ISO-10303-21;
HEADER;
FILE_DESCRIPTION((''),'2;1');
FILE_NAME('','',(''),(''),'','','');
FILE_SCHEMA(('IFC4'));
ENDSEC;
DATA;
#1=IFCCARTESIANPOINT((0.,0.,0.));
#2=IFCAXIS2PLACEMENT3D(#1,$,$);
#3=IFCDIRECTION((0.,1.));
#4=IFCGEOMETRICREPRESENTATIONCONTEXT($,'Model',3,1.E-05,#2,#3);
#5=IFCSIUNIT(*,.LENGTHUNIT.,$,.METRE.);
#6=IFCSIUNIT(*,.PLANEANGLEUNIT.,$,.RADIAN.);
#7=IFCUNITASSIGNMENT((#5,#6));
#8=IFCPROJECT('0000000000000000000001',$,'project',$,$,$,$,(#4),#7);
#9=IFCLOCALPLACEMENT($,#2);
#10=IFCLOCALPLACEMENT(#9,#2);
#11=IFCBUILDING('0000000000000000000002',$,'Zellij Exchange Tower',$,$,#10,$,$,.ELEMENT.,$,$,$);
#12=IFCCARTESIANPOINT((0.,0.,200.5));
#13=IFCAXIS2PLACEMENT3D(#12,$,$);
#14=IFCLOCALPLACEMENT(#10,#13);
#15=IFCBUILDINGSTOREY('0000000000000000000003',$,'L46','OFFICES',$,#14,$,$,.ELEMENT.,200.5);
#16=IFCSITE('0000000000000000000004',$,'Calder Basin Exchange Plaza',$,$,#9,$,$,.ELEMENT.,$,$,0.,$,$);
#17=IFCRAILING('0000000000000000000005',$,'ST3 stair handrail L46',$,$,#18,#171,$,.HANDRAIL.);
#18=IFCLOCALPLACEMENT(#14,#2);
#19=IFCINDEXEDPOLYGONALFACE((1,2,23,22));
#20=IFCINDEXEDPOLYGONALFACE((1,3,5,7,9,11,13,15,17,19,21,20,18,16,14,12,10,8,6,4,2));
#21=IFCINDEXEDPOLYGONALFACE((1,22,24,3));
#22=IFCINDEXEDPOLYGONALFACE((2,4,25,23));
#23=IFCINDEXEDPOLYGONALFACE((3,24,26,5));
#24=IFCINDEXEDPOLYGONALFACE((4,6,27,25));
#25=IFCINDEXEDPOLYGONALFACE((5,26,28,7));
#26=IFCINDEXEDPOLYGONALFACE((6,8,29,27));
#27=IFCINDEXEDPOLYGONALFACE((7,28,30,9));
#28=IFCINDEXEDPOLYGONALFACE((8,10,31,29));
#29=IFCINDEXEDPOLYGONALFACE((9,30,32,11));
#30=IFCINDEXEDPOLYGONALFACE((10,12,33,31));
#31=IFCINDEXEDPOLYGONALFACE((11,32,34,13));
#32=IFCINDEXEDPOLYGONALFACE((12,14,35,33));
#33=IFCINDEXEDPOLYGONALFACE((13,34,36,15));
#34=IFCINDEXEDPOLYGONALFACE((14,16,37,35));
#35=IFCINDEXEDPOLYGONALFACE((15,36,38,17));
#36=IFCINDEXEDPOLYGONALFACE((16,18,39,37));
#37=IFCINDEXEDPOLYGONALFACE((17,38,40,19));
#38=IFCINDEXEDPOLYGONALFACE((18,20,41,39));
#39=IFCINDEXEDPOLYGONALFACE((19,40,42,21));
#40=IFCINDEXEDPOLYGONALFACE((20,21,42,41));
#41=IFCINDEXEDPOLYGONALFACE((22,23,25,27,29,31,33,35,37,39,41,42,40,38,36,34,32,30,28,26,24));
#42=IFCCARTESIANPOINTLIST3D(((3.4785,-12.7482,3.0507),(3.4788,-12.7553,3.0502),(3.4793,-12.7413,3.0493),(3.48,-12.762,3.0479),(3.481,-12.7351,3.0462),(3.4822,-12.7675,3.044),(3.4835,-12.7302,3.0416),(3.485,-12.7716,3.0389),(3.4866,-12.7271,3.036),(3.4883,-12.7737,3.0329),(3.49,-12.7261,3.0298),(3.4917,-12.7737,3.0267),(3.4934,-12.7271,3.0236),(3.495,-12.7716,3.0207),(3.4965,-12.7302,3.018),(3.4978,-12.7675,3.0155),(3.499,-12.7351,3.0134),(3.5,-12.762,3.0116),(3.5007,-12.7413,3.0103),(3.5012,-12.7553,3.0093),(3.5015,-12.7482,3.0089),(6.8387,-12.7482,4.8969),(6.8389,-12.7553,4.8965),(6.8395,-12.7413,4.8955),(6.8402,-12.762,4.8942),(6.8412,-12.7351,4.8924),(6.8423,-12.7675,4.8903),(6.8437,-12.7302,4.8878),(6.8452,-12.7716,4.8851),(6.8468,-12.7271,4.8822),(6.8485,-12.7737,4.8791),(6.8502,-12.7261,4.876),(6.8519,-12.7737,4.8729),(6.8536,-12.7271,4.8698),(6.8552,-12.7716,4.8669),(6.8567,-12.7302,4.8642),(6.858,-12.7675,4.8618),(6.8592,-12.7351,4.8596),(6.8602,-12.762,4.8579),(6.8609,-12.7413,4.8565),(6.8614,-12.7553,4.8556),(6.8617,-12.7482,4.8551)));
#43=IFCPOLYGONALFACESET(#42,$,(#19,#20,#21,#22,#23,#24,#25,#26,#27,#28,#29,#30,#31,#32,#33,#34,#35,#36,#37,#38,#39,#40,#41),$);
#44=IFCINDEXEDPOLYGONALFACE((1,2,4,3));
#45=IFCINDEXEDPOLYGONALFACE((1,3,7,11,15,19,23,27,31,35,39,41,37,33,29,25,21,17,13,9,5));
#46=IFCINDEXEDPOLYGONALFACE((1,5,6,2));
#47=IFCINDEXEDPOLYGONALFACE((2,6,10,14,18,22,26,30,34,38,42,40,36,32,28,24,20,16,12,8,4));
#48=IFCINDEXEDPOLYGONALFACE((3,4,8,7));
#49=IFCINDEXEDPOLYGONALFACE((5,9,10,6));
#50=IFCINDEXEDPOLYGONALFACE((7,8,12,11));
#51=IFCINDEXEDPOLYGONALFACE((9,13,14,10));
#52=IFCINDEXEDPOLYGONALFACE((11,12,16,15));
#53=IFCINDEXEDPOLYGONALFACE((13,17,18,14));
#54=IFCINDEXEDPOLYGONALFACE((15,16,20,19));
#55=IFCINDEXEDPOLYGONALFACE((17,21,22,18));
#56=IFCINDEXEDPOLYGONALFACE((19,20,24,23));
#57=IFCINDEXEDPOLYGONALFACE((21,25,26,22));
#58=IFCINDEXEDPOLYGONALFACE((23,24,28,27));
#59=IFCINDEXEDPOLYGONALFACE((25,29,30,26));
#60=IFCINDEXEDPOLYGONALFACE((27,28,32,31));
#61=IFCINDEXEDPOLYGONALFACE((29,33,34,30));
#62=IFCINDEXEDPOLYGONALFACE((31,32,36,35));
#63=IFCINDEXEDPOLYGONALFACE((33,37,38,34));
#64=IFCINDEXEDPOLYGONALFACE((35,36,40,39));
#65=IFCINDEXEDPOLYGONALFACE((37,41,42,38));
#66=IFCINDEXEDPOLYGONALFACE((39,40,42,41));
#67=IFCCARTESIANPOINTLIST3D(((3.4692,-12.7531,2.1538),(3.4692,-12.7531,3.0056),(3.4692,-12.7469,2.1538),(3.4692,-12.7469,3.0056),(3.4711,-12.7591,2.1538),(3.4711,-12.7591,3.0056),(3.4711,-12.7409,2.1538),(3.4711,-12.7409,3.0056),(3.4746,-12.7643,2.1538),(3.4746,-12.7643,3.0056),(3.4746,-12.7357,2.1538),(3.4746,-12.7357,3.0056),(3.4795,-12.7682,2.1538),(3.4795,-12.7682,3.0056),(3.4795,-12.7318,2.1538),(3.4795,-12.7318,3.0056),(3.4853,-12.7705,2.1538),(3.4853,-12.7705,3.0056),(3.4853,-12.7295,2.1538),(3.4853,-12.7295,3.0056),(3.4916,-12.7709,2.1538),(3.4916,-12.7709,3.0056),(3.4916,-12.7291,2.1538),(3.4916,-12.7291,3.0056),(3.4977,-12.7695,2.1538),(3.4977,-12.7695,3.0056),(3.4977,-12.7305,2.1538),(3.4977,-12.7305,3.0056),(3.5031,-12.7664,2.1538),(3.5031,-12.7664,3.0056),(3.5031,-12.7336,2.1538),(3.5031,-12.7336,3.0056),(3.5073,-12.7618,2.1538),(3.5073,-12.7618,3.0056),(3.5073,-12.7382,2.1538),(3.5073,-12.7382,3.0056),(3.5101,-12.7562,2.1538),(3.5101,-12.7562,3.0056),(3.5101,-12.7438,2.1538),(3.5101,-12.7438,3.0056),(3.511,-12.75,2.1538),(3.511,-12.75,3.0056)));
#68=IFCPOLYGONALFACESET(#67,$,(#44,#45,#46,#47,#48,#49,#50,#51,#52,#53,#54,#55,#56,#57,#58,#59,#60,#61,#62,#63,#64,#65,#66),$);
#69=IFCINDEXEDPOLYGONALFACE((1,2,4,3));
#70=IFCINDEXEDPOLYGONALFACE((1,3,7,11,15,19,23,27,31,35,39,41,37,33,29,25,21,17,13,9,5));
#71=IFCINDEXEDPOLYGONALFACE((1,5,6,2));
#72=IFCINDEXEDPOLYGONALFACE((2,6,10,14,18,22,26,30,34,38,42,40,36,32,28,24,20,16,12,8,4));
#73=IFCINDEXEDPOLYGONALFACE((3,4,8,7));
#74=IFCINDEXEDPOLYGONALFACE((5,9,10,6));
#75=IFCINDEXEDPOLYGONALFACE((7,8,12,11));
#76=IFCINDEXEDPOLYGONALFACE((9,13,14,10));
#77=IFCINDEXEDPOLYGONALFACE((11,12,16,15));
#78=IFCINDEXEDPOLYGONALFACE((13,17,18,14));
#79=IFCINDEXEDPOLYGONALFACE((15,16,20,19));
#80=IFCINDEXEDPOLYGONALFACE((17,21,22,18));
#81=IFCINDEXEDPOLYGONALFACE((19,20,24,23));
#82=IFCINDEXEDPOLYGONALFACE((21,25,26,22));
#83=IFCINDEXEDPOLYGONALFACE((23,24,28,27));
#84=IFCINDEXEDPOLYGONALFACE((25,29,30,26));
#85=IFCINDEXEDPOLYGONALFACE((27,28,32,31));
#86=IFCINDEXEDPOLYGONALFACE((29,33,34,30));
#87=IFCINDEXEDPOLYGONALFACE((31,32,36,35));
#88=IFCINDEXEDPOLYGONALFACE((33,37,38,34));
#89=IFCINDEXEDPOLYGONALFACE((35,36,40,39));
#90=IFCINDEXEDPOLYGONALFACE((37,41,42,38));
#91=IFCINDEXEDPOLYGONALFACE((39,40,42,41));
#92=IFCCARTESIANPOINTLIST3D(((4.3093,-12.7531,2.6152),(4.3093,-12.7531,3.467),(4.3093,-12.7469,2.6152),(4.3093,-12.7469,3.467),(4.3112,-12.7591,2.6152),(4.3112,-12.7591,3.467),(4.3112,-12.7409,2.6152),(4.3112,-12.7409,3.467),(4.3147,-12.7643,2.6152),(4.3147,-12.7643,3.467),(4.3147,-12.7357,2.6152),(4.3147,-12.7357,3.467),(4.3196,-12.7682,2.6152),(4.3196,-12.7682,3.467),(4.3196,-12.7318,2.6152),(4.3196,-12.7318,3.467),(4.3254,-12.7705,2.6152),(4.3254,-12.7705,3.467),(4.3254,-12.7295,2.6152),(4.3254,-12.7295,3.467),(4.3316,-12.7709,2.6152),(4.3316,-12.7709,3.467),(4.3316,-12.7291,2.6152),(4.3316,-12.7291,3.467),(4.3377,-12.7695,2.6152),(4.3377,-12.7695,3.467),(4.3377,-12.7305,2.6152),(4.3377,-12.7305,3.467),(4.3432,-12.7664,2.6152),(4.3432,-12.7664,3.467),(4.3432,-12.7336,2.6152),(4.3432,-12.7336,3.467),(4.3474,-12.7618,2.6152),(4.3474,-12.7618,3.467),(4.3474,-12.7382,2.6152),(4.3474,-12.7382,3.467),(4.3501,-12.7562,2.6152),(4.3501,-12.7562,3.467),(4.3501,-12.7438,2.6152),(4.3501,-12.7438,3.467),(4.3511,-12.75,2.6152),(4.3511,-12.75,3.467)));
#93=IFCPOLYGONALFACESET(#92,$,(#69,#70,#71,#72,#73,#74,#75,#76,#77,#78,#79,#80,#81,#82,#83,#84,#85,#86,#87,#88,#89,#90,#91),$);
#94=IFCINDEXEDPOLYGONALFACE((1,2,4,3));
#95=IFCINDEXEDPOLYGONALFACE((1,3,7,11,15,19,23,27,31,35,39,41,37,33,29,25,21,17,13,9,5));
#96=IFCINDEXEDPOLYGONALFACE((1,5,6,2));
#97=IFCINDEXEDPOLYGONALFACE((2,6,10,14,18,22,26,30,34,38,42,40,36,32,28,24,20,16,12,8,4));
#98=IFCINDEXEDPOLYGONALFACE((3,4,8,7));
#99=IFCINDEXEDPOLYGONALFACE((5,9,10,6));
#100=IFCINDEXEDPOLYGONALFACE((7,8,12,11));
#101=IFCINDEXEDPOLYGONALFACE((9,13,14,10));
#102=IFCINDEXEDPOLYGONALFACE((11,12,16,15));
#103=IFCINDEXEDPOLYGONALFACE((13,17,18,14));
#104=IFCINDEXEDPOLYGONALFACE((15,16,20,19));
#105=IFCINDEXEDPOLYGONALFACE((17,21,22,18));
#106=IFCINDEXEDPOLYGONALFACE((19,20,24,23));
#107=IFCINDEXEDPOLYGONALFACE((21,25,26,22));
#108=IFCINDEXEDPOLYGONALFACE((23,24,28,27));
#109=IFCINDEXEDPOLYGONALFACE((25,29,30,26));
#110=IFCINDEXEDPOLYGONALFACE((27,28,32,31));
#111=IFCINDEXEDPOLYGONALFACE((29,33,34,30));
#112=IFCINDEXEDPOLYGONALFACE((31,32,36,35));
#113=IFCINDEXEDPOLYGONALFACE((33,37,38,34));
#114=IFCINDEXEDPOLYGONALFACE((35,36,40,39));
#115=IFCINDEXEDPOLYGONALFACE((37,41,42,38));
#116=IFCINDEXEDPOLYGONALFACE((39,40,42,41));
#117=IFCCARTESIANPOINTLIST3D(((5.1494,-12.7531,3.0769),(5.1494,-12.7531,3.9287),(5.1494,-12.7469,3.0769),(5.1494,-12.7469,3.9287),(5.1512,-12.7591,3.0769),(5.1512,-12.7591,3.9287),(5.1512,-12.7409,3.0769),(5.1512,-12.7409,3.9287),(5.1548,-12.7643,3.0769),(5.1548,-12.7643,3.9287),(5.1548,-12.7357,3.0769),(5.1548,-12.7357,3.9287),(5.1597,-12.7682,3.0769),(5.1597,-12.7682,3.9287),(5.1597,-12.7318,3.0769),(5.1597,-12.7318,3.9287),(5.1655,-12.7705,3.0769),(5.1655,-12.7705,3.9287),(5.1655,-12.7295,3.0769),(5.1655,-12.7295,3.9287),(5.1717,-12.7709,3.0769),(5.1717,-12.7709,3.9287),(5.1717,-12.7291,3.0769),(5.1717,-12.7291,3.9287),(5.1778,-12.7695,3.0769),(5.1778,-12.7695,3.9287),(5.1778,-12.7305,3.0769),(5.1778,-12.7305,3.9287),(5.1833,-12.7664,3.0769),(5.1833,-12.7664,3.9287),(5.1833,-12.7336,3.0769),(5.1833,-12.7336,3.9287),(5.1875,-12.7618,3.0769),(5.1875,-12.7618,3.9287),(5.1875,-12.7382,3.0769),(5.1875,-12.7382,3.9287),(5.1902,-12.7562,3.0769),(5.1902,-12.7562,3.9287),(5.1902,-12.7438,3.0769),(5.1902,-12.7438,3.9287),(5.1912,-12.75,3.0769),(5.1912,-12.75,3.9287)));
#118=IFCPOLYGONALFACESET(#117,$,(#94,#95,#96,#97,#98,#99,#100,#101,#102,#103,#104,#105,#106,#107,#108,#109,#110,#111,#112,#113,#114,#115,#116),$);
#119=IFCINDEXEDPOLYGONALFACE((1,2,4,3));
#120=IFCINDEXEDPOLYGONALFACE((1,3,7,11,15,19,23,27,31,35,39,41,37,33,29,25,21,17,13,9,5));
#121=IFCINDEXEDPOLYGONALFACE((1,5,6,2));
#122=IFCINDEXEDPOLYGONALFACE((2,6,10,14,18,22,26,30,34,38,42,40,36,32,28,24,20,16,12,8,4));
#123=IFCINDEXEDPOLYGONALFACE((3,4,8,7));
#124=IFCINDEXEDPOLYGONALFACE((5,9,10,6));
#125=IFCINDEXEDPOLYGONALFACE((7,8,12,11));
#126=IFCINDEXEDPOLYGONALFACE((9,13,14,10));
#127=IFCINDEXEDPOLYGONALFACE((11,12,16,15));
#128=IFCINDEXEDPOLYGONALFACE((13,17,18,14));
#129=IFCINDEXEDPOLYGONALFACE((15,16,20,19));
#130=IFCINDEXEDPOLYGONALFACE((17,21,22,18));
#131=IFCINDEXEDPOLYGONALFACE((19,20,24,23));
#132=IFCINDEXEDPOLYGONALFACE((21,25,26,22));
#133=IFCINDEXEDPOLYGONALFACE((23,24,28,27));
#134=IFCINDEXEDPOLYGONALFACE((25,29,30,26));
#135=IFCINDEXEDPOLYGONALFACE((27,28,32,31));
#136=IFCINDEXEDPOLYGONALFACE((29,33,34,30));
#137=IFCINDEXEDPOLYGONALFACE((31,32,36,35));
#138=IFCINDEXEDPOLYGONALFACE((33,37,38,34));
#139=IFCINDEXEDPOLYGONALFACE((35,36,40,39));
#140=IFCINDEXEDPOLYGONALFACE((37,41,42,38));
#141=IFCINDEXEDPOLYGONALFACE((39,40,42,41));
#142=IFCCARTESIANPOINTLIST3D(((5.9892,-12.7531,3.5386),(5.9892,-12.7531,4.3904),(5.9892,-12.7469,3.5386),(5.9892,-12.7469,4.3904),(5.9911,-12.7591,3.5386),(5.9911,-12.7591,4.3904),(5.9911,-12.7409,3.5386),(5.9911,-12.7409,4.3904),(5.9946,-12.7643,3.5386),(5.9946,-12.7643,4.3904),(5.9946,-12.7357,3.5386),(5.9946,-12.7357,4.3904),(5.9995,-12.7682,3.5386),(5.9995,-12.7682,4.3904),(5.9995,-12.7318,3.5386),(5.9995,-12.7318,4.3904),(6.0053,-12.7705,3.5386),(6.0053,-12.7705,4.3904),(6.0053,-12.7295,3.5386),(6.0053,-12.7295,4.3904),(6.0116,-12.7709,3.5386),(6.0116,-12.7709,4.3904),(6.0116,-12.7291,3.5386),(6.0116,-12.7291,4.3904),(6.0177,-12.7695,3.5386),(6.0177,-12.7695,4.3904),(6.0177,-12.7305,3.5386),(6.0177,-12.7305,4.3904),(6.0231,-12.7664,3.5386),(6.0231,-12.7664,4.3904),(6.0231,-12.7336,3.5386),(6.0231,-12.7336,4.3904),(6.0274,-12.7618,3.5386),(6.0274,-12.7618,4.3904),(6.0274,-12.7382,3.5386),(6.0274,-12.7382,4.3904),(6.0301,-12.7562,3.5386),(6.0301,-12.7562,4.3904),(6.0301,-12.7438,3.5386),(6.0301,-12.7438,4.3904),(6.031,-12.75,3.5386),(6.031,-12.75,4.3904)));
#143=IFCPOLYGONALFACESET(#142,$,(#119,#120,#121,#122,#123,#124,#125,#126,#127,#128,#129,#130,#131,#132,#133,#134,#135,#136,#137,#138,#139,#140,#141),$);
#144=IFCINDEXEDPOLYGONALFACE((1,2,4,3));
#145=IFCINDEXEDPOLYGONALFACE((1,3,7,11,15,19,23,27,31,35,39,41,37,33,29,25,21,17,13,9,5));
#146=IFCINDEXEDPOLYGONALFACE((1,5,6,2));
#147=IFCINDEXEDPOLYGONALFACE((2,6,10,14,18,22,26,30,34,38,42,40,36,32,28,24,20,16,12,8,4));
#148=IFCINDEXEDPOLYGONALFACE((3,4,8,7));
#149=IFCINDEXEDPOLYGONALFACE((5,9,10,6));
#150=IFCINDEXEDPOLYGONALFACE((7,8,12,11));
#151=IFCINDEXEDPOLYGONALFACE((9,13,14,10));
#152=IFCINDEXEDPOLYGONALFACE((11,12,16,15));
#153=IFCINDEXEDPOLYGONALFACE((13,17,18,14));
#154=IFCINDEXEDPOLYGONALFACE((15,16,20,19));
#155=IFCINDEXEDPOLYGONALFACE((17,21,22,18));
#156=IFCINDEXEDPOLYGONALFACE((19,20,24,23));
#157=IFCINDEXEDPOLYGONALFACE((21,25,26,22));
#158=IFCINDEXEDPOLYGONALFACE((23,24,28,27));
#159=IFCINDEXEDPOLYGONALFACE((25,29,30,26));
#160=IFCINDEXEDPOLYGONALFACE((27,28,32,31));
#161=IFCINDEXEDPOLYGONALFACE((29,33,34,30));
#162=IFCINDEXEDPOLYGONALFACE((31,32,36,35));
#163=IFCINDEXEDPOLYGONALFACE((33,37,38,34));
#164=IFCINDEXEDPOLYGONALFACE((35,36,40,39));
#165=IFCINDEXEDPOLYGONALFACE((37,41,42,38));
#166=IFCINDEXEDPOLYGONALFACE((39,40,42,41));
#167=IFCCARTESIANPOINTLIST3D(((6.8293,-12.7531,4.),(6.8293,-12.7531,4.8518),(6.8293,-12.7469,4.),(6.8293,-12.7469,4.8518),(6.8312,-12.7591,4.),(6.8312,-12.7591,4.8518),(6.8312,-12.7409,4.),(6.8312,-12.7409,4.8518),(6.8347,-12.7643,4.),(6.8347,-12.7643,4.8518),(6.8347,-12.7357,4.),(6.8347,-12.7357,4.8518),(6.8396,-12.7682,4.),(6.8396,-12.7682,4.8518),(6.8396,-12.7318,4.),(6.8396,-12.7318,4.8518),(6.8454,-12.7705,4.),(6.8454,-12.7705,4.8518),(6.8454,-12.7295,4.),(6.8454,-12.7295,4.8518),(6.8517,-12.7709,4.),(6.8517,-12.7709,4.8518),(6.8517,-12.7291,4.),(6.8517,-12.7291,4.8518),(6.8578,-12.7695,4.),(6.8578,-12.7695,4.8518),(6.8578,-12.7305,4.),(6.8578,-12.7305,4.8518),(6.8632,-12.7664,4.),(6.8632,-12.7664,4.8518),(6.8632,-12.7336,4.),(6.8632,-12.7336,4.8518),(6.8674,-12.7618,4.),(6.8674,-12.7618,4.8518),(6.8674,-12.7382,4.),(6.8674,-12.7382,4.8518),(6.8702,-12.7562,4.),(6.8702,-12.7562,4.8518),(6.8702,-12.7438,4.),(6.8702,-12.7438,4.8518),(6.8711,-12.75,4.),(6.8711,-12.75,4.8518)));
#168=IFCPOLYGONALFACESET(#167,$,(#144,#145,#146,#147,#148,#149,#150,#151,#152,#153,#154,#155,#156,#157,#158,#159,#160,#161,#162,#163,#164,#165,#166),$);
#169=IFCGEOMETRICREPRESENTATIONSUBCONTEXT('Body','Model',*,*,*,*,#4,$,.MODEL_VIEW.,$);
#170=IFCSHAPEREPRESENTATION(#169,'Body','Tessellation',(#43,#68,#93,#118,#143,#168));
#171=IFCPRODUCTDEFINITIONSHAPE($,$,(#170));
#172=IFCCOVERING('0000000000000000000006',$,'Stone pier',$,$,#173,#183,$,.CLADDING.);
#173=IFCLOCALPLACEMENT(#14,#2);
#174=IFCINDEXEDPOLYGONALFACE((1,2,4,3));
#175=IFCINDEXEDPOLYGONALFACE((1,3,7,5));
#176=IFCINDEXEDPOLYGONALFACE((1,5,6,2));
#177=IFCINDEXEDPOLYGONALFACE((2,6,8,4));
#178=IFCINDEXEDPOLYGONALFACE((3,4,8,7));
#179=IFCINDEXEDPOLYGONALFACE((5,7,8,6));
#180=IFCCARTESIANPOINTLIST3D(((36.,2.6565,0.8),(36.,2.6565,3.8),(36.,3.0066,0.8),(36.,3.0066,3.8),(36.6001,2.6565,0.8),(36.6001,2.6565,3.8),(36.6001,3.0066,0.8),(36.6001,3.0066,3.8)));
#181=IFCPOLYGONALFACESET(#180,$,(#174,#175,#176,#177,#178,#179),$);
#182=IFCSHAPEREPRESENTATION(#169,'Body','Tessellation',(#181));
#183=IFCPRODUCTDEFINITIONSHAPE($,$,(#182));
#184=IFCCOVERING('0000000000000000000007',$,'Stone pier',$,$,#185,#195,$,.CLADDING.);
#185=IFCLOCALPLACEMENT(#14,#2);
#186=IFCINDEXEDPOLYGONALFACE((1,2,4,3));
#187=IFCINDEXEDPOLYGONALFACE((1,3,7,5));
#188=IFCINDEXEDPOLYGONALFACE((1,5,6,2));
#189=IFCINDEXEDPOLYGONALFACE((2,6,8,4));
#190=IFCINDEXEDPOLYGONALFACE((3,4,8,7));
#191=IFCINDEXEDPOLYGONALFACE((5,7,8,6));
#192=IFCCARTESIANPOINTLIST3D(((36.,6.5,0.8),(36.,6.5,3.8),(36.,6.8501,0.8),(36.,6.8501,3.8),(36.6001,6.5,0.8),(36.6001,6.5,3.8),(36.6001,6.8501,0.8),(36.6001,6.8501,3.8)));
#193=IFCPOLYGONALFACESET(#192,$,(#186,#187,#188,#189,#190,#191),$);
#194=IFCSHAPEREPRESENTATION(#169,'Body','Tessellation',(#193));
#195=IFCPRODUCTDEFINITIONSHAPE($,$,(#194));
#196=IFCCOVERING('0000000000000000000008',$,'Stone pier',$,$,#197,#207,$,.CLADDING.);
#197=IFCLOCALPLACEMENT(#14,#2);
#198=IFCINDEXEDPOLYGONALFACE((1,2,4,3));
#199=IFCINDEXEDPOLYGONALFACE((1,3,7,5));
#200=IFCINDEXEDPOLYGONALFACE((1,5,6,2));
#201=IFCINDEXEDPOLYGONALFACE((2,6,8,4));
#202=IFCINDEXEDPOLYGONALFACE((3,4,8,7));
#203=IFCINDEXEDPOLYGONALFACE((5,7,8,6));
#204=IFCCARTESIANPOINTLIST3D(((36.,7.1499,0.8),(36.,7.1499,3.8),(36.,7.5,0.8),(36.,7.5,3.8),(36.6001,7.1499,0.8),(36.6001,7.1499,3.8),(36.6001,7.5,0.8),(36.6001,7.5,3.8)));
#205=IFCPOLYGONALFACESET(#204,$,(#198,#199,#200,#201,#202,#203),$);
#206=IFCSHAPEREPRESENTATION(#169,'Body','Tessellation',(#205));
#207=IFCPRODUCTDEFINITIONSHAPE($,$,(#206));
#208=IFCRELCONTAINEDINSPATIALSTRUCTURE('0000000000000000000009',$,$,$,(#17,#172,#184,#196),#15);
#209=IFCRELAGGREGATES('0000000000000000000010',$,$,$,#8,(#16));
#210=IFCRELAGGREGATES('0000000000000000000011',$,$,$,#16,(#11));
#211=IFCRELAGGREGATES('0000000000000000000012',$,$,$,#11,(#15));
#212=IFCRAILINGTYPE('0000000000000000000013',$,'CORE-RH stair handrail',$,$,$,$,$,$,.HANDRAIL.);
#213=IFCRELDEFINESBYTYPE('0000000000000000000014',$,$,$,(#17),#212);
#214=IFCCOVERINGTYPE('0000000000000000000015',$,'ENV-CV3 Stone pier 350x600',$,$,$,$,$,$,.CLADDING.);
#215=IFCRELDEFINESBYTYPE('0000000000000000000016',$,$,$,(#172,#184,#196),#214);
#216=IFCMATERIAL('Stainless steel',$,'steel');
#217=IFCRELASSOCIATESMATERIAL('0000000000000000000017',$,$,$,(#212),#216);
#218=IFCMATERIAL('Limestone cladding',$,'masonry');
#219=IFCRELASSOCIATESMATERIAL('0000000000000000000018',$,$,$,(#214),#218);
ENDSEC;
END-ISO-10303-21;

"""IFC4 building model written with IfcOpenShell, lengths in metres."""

from ifc_helpers import new_model, si_unit, direction, frame, origin, origin_2d, place, context, subcontext, project, spatial, polyline, circle, outline, extrude, material, type_object, element, save


model = new_model("IFC4")

# Units and contexts
model_context = context("Model", 3, precision=1e-05, world=origin(), true_north=direction((0.0, 1.0)))
body_context = subcontext(model_context, "Body", "Model", "MODEL_VIEW")
ifc_project = project(units=[si_unit("LENGTHUNIT", "METRE"), si_unit("PLANEANGLEUNIT", "RADIAN")], contexts=[model_context])

# Site, building, storey
site_placement = place(None, origin())
site = spatial("IfcSite", under=ifc_project, at=site_placement, Name="Calder Basin Exchange Plaza", CompositionType="ELEMENT", RefElevation=0.0)
building_placement = place(site_placement, origin())
building = spatial("IfcBuilding", under=site, at=building_placement, Name="Zellij Exchange Tower", CompositionType="ELEMENT")
storey_placement = place(building_placement, frame((0.0, 0.0, 200.5)))
storey = spatial("IfcBuildingStorey", under=building, at=storey_placement, Name="L46", Description="OFFICES", CompositionType="ELEMENT", Elevation=200.5)

# Railing
ifc_material_1 = material(Name="Stainless steel", Category="steel")
railing_type_1 = type_object("IfcRailingType", Name="CORE-RH stair handrail", PredefinedType="HANDRAIL", material=ifc_material_1)
railing_1_placement = place(storey_placement, frame((3.49, -12.75, 2.1538)))
element("IfcRailing", 1, at=railing_1_placement, inside=storey, type_object=railing_type_1, Name="ST3 stair handrail L46", PredefinedType="HANDRAIL", context=body_context, shape_type="SweptSolid", body=[
    extrude(circle(Radius=0.0239, at=origin_2d()), frame((0.0, 0.0, 0.876), z_axis=(0.876422, 0.0, 0.481545), x_axis=(0.0, 1.0, 0.0)), (0.0, 0.0, 1.0), 3.834),
    extrude(circle(Radius=0.021, at=origin_2d()), origin(), (0.0, 0.0, 1.0), 0.8518),
    extrude(circle(Radius=0.021, at=origin_2d()), frame((0.8401, 0.0, 0.4614)), (0.0, 0.0, 1.0), 0.8518),
    extrude(circle(Radius=0.021, at=origin_2d()), frame((1.6802, 0.0, 0.9231)), (0.0, 0.0, 1.0), 0.8518),
    extrude(circle(Radius=0.021, at=origin_2d()), frame((2.52, 0.0, 1.3848)), (0.0, 0.0, 1.0), 0.8518),
    extrude(circle(Radius=0.021, at=origin_2d()), frame((3.3601, 0.0, 1.8462)), (0.0, 0.0, 1.0), 0.8518),
])

# Coverings
ifc_material_2 = material(Name="Limestone cladding", Category="masonry")
covering_type = type_object("IfcCoveringType", Name="ENV-CV3 Stone pier 350x600", PredefinedType="CLADDING", material=ifc_material_2)
covering_1_placement = place(storey_placement, frame((0.0, 0.0, 0.8)))
element("IfcCovering", 2, at=covering_1_placement, inside=storey, type_object=covering_type, Name="Stone pier", PredefinedType="CLADDING", context=body_context, shape_type="SweptSolid", body=[
    extrude(outline(polyline([(36.0, 2.6565), (36.0, 3.0066), (36.6001, 3.0066), (36.6001, 2.6565), (36.0, 2.6565)])), origin(), (0.0, 0.0, 1.0), 3.0),
])
covering_2_placement = place(storey_placement, frame((0.0, 0.0, 0.8)))
element("IfcCovering", 3, at=covering_2_placement, inside=storey, type_object=covering_type, Name="Stone pier", PredefinedType="CLADDING", context=body_context, shape_type="SweptSolid", body=[
    extrude(outline(polyline([(36.0, 6.5), (36.0, 6.8501), (36.6001, 6.8501), (36.6001, 6.5), (36.0, 6.5)])), origin(), (0.0, 0.0, 1.0), 3.0),
])
covering_3_placement = place(storey_placement, frame((0.0, 0.0, 0.8)))
element("IfcCovering", 4, at=covering_3_placement, inside=storey, type_object=covering_type, Name="Stone pier", PredefinedType="CLADDING", context=body_context, shape_type="SweptSolid", body=[
    extrude(outline(polyline([(36.0, 7.1499), (36.0, 7.5), (36.6001, 7.5), (36.6001, 7.1499), (36.0, 7.1499)])), origin(), (0.0, 0.0, 1.0), 3.0),
])

save(model, "model.ifc")
